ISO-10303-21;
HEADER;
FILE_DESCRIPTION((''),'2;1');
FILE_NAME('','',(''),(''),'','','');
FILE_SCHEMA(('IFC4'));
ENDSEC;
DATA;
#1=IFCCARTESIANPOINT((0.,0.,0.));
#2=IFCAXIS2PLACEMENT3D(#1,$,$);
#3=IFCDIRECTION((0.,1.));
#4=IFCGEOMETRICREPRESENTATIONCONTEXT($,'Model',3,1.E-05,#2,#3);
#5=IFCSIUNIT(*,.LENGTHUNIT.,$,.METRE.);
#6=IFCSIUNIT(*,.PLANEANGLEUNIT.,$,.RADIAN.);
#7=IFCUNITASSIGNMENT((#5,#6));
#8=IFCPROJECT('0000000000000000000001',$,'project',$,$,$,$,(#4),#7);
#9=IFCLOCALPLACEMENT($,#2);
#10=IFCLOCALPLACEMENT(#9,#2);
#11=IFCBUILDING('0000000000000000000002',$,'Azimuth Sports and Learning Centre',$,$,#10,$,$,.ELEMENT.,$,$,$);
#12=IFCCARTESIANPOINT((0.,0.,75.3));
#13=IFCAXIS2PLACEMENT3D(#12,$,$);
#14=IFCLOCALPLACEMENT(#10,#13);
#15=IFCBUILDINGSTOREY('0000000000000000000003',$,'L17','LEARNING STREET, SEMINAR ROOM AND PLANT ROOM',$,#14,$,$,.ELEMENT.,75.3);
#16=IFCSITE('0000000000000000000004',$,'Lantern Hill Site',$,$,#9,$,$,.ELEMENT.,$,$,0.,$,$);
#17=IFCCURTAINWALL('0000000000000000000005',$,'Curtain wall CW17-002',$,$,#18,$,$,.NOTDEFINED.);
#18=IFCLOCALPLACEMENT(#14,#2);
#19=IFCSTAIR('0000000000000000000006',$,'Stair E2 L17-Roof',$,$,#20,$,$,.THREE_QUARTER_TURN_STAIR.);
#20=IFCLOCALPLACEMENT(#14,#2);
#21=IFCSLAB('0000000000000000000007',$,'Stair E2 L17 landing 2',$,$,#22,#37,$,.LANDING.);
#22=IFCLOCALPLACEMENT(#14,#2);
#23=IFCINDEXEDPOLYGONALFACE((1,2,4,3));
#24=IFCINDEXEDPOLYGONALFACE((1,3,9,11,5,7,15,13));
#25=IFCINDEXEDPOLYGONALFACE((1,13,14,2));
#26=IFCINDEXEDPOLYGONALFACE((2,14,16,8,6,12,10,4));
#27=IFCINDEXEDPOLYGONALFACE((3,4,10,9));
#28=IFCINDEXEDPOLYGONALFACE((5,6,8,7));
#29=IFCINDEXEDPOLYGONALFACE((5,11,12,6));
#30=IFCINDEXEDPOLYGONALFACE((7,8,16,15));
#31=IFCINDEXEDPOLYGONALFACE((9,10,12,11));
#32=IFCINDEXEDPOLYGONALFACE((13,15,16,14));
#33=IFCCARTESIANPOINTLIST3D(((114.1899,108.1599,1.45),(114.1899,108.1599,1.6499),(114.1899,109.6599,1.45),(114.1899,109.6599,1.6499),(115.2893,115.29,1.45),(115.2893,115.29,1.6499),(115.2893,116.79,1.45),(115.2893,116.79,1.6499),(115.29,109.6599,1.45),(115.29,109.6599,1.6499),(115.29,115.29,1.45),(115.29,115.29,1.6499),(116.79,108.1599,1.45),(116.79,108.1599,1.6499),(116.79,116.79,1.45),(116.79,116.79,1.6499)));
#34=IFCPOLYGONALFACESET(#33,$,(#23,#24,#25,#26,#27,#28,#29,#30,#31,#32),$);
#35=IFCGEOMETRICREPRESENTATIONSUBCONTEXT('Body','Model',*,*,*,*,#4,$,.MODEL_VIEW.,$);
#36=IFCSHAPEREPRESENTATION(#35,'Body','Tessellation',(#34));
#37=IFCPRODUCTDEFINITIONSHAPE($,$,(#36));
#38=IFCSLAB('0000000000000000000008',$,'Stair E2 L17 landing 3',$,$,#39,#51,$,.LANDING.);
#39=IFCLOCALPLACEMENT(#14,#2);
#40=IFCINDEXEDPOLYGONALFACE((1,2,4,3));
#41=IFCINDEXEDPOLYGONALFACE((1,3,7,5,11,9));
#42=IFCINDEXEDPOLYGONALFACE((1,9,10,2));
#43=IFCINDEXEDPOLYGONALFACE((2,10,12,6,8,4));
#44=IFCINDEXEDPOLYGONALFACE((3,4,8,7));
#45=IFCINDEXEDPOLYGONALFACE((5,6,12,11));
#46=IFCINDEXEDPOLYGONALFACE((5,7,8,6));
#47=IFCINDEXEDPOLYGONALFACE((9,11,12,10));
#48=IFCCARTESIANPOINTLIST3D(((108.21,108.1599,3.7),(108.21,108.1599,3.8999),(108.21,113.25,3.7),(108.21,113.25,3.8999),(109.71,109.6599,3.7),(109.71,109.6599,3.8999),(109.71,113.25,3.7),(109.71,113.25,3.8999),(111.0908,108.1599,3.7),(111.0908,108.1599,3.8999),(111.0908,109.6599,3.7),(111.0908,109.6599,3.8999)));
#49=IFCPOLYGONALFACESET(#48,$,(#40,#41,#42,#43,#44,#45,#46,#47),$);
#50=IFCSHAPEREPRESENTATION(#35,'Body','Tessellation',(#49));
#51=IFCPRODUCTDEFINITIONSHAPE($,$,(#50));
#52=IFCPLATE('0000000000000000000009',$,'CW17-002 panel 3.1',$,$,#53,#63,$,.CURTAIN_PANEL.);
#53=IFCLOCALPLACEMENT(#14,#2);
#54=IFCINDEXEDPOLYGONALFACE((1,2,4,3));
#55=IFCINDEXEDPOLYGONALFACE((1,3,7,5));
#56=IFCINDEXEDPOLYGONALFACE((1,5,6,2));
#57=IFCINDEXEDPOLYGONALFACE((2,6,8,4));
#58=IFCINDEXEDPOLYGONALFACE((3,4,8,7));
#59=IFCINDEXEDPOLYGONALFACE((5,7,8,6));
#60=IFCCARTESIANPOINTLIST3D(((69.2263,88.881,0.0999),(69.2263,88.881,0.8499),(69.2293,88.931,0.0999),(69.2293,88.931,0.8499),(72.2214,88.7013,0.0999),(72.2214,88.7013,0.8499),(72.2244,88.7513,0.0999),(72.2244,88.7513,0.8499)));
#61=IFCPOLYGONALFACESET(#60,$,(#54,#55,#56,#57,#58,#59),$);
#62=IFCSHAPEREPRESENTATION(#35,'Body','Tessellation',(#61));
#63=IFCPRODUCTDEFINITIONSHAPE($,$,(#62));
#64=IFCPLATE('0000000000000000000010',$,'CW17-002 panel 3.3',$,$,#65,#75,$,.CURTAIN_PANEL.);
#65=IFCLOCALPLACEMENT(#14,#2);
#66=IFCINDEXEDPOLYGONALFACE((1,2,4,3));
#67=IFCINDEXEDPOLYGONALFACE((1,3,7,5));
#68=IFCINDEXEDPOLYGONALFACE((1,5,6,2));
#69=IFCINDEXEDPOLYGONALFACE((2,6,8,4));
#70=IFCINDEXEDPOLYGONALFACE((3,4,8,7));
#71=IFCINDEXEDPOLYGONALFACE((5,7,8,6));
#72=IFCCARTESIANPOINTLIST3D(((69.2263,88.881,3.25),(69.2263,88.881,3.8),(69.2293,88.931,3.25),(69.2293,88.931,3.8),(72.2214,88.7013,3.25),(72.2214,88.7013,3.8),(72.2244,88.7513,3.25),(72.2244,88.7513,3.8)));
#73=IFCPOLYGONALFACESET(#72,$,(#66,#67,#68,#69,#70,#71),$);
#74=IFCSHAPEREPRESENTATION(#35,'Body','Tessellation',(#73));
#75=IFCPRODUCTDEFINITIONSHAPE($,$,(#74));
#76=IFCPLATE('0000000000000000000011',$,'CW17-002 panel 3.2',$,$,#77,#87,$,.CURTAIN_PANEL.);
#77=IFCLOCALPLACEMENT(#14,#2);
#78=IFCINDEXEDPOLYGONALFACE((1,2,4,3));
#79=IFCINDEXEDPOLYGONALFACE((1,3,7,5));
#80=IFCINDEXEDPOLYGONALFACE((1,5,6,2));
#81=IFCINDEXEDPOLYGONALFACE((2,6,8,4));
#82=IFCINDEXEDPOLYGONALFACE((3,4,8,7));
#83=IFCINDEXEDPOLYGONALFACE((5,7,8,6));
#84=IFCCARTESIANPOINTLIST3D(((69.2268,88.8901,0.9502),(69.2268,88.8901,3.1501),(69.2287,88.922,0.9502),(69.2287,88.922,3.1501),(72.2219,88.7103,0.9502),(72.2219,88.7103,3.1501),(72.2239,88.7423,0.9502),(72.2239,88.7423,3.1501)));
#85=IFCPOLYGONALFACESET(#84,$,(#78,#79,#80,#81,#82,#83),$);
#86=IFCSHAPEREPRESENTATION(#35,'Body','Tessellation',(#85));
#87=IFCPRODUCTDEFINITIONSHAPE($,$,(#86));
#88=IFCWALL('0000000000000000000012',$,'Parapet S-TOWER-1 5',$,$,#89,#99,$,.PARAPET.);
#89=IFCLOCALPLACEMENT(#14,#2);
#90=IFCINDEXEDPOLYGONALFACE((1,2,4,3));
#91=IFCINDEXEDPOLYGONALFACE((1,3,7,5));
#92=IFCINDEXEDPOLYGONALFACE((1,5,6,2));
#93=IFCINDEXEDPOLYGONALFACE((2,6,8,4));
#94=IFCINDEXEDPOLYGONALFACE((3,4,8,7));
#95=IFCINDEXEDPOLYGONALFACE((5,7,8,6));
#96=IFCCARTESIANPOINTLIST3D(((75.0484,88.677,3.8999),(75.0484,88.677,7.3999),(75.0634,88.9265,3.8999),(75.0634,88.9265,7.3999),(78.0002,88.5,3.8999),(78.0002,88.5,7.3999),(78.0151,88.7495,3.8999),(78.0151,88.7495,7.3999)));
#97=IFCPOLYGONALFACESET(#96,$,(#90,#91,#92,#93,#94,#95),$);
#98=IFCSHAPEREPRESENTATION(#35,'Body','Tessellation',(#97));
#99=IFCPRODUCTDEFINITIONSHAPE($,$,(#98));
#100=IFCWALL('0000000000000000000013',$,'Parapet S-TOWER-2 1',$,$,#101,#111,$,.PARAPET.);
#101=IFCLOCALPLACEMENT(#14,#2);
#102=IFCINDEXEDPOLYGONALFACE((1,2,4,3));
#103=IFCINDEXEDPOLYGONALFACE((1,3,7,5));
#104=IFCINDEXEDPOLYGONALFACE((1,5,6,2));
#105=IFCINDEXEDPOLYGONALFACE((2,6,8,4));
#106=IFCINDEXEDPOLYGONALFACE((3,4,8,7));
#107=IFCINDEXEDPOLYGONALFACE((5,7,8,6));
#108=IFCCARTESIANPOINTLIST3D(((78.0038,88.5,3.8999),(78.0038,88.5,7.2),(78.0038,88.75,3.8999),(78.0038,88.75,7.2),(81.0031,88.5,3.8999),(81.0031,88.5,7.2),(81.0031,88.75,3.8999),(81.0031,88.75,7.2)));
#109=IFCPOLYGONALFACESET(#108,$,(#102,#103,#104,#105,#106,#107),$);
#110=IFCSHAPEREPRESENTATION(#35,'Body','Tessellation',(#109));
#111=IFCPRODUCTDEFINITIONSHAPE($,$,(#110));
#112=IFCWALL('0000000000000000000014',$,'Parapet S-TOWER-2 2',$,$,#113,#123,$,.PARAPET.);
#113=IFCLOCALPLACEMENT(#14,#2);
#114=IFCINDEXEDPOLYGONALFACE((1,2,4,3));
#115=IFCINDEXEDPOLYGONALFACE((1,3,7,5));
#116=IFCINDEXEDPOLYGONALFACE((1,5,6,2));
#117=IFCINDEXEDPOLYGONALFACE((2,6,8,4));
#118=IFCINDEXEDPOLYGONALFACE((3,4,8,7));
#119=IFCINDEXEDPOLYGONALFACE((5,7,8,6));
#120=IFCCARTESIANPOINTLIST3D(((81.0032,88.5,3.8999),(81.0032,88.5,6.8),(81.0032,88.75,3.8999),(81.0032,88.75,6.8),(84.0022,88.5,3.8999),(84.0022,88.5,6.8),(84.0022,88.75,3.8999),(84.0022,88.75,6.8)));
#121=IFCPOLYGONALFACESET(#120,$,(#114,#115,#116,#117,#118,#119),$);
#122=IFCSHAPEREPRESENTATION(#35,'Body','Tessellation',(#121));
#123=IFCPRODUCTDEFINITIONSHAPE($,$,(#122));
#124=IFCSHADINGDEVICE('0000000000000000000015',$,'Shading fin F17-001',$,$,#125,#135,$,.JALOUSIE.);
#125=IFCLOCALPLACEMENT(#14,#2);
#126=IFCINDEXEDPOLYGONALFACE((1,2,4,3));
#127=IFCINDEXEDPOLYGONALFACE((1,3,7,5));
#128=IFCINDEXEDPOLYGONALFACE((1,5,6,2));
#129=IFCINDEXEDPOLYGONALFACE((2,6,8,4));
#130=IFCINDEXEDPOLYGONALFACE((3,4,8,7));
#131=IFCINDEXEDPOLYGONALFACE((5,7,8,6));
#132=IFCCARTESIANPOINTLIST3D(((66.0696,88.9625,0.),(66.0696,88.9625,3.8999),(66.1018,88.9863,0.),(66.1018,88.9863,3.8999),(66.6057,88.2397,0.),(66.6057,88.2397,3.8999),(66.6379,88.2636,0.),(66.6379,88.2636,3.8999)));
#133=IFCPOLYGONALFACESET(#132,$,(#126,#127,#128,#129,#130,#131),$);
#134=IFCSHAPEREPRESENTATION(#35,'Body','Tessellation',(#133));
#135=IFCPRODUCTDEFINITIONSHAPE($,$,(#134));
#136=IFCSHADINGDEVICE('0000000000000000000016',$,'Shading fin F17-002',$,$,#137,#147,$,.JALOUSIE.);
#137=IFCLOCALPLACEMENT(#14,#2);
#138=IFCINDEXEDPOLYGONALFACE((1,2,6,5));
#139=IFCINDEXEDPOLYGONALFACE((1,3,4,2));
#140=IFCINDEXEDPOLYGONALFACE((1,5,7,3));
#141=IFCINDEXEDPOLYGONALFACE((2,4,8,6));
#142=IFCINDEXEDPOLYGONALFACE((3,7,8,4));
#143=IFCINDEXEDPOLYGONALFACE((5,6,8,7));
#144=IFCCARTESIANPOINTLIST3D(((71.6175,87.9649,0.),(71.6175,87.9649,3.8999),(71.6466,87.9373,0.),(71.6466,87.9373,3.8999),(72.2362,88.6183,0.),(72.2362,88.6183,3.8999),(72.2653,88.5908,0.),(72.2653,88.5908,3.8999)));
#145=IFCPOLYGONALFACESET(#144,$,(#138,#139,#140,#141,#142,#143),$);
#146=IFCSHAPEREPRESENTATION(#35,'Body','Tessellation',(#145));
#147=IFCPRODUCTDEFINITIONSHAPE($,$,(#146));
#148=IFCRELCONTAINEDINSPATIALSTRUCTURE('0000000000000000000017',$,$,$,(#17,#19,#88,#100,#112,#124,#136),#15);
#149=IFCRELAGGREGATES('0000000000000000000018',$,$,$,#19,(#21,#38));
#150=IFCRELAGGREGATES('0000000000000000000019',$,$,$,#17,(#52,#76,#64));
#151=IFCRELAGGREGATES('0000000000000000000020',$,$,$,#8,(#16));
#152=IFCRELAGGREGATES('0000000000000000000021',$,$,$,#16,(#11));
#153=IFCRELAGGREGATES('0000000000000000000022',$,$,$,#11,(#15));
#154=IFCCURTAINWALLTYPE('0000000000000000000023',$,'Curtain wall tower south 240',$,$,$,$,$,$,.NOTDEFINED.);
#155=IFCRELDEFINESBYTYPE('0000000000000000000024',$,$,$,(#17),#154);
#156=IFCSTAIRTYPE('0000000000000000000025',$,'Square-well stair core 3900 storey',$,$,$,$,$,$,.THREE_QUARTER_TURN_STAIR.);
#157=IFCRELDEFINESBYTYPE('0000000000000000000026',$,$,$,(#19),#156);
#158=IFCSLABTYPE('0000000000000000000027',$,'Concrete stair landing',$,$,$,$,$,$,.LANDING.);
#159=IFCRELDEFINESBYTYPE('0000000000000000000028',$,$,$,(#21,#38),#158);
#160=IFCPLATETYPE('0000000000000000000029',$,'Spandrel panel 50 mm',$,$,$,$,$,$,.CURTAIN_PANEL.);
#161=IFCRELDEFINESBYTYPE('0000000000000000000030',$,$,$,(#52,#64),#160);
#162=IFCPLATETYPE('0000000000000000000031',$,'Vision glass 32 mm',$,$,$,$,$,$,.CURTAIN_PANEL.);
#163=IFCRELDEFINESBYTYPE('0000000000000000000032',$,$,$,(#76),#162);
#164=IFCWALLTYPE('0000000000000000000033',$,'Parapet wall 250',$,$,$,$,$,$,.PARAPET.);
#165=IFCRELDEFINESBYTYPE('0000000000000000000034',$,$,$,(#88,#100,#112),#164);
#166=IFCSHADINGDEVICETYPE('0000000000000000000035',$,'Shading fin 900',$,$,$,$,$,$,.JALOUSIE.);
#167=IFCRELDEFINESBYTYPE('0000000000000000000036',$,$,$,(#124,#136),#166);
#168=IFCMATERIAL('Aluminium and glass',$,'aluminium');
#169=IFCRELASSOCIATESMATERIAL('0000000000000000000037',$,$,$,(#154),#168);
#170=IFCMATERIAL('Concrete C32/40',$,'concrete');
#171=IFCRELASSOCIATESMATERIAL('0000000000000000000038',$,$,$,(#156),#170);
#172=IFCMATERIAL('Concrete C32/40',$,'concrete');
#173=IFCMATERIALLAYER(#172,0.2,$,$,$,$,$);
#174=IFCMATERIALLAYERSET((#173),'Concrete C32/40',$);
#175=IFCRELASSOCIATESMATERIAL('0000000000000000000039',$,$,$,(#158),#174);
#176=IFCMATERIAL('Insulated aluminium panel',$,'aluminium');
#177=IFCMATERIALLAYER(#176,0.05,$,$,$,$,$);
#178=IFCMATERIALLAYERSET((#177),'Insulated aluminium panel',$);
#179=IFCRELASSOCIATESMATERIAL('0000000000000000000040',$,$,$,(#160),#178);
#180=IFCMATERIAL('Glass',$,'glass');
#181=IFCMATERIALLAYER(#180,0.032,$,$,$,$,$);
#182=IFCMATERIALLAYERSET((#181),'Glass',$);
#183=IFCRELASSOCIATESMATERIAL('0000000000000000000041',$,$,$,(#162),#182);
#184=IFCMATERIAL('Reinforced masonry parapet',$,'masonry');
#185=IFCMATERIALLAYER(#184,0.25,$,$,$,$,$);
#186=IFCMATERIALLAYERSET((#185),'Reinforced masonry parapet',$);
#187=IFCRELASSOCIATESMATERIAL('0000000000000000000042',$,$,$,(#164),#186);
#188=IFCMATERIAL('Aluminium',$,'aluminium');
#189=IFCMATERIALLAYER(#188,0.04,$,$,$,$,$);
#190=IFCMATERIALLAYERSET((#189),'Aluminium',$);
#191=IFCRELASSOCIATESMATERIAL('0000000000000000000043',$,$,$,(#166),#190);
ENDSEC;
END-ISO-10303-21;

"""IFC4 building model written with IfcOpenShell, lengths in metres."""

from ifc_helpers import new_model, si_unit, direction, frame, frame_2d, origin, origin_2d, place, context, subcontext, project, spatial, polyline, rectangle, outline, extrude, material, layer, layer_set, type_object, element, aggregate, save


model = new_model("IFC4")

# Units and contexts
model_context = context("Model", 3, precision=1e-05, world=origin(), true_north=direction((0.0, 1.0)))
body_context = subcontext(model_context, "Body", "Model", "MODEL_VIEW")
ifc_project = project(units=[si_unit("LENGTHUNIT", "METRE"), si_unit("PLANEANGLEUNIT", "RADIAN")], contexts=[model_context])

# Site, building, storey
site_placement = place(None, origin())
site = spatial("IfcSite", under=ifc_project, at=site_placement, Name="Lantern Hill Site", CompositionType="ELEMENT", RefElevation=0.0)
building_placement = place(site_placement, origin())
building = spatial("IfcBuilding", under=site, at=building_placement, Name="Azimuth Sports and Learning Centre", CompositionType="ELEMENT")
storey_placement = place(building_placement, frame((0.0, 0.0, 75.3)))
storey = spatial("IfcBuildingStorey", under=building, at=storey_placement, Name="L17", Description="LEARNING STREET, SEMINAR ROOM AND PLANT ROOM", CompositionType="ELEMENT", Elevation=75.3)

# Curtain wall
ifc_material_1 = material(Name="Aluminium and glass", Category="aluminium")
curtain_wall_type_1 = type_object("IfcCurtainWallType", Name="Curtain wall tower south 240", PredefinedType="NOTDEFINED", material=ifc_material_1)
curtain_wall_1_placement = place(storey_placement, origin())
curtain_wall_1 = element("IfcCurtainWall", 1, at=curtain_wall_1_placement, inside=storey, type_object=curtain_wall_type_1, Name="Curtain wall CW17-002", PredefinedType="NOTDEFINED")

# Stair, slabs
ifc_material_2 = material(Name="Concrete C32/40", Category="concrete")
stair_type = type_object("IfcStairType", Name="Square-well stair core 3900 storey", PredefinedType="THREE_QUARTER_TURN_STAIR", material=ifc_material_2)
ifc_material_3 = material(Name="Concrete C32/40", Category="concrete")
ifc_layer_1 = layer(ifc_material_3, 0.2)
ifc_layer_set_1 = layer_set([ifc_layer_1], Name="Concrete C32/40")
slab_type_1 = type_object("IfcSlabType", Name="Concrete stair landing", PredefinedType="LANDING", material=ifc_layer_set_1)
stair_1_placement = place(storey_placement, origin())
stair_1 = element("IfcStair", 2, at=stair_1_placement, inside=storey, type_object=stair_type, Name="Stair E2 L17-Roof", PredefinedType="THREE_QUARTER_TURN_STAIR")
slab_1_placement = place(storey_placement, frame((0.0, 0.0, 1.45)))
slab_1 = element("IfcSlab", 3, at=slab_1_placement, type_object=slab_type_1, Name="Stair E2 L17 landing 2", PredefinedType="LANDING", context=body_context, shape_type="SweptSolid", body=[
    extrude(outline(polyline([(115.29, 115.29), (115.29, 109.6599), (114.1899, 109.6599), (114.1899, 108.1599), (116.79, 108.1599), (116.79, 116.79), (115.2893, 116.79), (115.2893, 115.29), (115.29, 115.29)])), origin(), (0.0, 0.0, 1.0), 0.2),
])
slab_2_placement = place(storey_placement, frame((0.0, 0.0, 3.7)))
slab_2 = element("IfcSlab", 4, at=slab_2_placement, type_object=slab_type_1, Name="Stair E2 L17 landing 3", PredefinedType="LANDING", context=body_context, shape_type="SweptSolid", body=[
    extrude(outline(polyline([(109.71, 109.6599), (109.71, 113.25), (108.21, 113.25), (108.21, 108.1599), (111.0908, 108.1599), (111.0908, 109.6599), (109.71, 109.6599)])), origin(), (0.0, 0.0, 1.0), 0.2),
])
aggregate(stair_1, [slab_1, slab_2])

# Plates
ifc_material_4 = material(Name="Insulated aluminium panel", Category="aluminium")
ifc_layer_2 = layer(ifc_material_4, 0.05)
ifc_layer_set_2 = layer_set([ifc_layer_2], Name="Insulated aluminium panel")
plate_type_1 = type_object("IfcPlateType", Name="Spandrel panel 50 mm", PredefinedType="CURTAIN_PANEL", material=ifc_layer_set_2)
plate_1_placement = place(storey_placement, frame((70.7253, 88.8162, 0.0999), z_axis=(0.0, 0.0, 1.0), x_axis=(0.998205, -0.059892, 0.0)))
plate_1 = element("IfcPlate", 5, at=plate_1_placement, type_object=plate_type_1, Name="CW17-002 panel 3.1", PredefinedType="CURTAIN_PANEL", context=body_context, shape_type="SweptSolid", body=[
    extrude(rectangle(XDim=3.0005, YDim=0.05, at=origin_2d()), origin(), (0.0, 0.0, 1.0), 0.75),
])
plate_2_placement = place(storey_placement, frame((70.7253, 88.8162, 3.25), z_axis=(0.0, 0.0, 1.0), x_axis=(0.998205, -0.059892, 0.0)))
plate_2 = element("IfcPlate", 6, at=plate_2_placement, type_object=plate_type_1, Name="CW17-002 panel 3.3", PredefinedType="CURTAIN_PANEL", context=body_context, shape_type="SweptSolid", body=[
    extrude(rectangle(XDim=3.0005, YDim=0.05, at=origin_2d()), origin(), (0.0, 0.0, 1.0), 0.55),
])
ifc_material_5 = material(Name="Glass", Category="glass")
ifc_layer_3 = layer(ifc_material_5, 0.032)
ifc_layer_set_3 = layer_set([ifc_layer_3], Name="Glass")
plate_type_2 = type_object("IfcPlateType", Name="Vision glass 32 mm", PredefinedType="CURTAIN_PANEL", material=ifc_layer_set_3)
plate_3_placement = place(storey_placement, frame((70.7253, 88.8162, 0.9502), z_axis=(0.0, 0.0, 1.0), x_axis=(0.998205, -0.059892, 0.0)))
plate_3 = element("IfcPlate", 7, at=plate_3_placement, type_object=plate_type_2, Name="CW17-002 panel 3.2", PredefinedType="CURTAIN_PANEL", context=body_context, shape_type="SweptSolid", body=[
    extrude(rectangle(XDim=3.0005, YDim=0.032, at=origin_2d()), origin(), (0.0, 0.0, 1.0), 2.2),
])
aggregate(curtain_wall_1, [plate_1, plate_3, plate_2])

# Walls
ifc_material_6 = material(Name="Reinforced masonry parapet", Category="masonry")
ifc_layer_4 = layer(ifc_material_6, 0.25)
ifc_layer_set_4 = layer_set([ifc_layer_4], Name="Reinforced masonry parapet")
wall_type = type_object("IfcWallType", Name="Parapet wall 250", PredefinedType="PARAPET", material=ifc_layer_set_4)
wall_1_placement = place(storey_placement, frame((75.0559, 88.8018, 3.8999), z_axis=(0.0, 0.0, 1.0), x_axis=(0.998207, -0.059859, 0.0)))
element("IfcWall", 8, at=wall_1_placement, inside=storey, type_object=wall_type, Name="Parapet S-TOWER-1 5", PredefinedType="PARAPET", context=body_context, shape_type="SweptSolid", body=[
    extrude(rectangle(XDim=2.957, YDim=0.25, at=frame_2d((1.4785, 0.0))), origin(), (0.0, 0.0, 1.0), 3.5),
])
wall_2_placement = place(storey_placement, frame((78.0039, 88.625, 3.8999), z_axis=(0.0, 0.0, 1.0), x_axis=(1.0, 0.0, 0.0)))
element("IfcWall", 9, at=wall_2_placement, inside=storey, type_object=wall_type, Name="Parapet S-TOWER-2 1", PredefinedType="PARAPET", context=body_context, shape_type="SweptSolid", body=[
    extrude(rectangle(XDim=2.9993, YDim=0.25, at=frame_2d((1.4995, 0.0))), origin(), (0.0, 0.0, 1.0), 3.3),
])
wall_3_placement = place(storey_placement, frame((81.0032, 88.625, 3.8999), z_axis=(0.0, 0.0, 1.0), x_axis=(1.0, 0.0, 0.0)))
element("IfcWall", 10, at=wall_3_placement, inside=storey, type_object=wall_type, Name="Parapet S-TOWER-2 2", PredefinedType="PARAPET", context=body_context, shape_type="SweptSolid", body=[
    extrude(rectangle(XDim=2.999, YDim=0.25, at=frame_2d((1.4995, 0.0))), origin(), (0.0, 0.0, 1.0), 2.9001),
])

# Shading devices
ifc_material_7 = material(Name="Aluminium", Category="aluminium")
ifc_layer_5 = layer(ifc_material_7, 0.04)
ifc_layer_set_5 = layer_set([ifc_layer_5], Name="Aluminium")
shading_device_type = type_object("IfcShadingDeviceType", Name="Shading fin 900", PredefinedType="JALOUSIE", material=ifc_layer_set_5)
for number, where, z_axis, x_axis, name in (
    (11, (66.3538, 88.613, 0.0), (0.0, 0.0, 1.0), (0.595754, -0.803167, 0.0), "Shading fin F17-001"),
    (12, (71.9414, 88.2778, 0.0), (0.0, 0.0, 1.0), (-0.687514, -0.726171, 0.0), "Shading fin F17-002"),
):
    element("IfcShadingDevice", number, at=place(storey_placement, frame(where, z_axis=z_axis, x_axis=x_axis)), inside=storey, type_object=shading_device_type, Name=name, PredefinedType="JALOUSIE", context=body_context, shape_type="SweptSolid", body=[
        extrude(rectangle(XDim=0.8999, YDim=0.04, at=origin_2d()), origin(), (0.0, 0.0, 1.0), 3.8999),
    ])

save(model, "model.ifc")
